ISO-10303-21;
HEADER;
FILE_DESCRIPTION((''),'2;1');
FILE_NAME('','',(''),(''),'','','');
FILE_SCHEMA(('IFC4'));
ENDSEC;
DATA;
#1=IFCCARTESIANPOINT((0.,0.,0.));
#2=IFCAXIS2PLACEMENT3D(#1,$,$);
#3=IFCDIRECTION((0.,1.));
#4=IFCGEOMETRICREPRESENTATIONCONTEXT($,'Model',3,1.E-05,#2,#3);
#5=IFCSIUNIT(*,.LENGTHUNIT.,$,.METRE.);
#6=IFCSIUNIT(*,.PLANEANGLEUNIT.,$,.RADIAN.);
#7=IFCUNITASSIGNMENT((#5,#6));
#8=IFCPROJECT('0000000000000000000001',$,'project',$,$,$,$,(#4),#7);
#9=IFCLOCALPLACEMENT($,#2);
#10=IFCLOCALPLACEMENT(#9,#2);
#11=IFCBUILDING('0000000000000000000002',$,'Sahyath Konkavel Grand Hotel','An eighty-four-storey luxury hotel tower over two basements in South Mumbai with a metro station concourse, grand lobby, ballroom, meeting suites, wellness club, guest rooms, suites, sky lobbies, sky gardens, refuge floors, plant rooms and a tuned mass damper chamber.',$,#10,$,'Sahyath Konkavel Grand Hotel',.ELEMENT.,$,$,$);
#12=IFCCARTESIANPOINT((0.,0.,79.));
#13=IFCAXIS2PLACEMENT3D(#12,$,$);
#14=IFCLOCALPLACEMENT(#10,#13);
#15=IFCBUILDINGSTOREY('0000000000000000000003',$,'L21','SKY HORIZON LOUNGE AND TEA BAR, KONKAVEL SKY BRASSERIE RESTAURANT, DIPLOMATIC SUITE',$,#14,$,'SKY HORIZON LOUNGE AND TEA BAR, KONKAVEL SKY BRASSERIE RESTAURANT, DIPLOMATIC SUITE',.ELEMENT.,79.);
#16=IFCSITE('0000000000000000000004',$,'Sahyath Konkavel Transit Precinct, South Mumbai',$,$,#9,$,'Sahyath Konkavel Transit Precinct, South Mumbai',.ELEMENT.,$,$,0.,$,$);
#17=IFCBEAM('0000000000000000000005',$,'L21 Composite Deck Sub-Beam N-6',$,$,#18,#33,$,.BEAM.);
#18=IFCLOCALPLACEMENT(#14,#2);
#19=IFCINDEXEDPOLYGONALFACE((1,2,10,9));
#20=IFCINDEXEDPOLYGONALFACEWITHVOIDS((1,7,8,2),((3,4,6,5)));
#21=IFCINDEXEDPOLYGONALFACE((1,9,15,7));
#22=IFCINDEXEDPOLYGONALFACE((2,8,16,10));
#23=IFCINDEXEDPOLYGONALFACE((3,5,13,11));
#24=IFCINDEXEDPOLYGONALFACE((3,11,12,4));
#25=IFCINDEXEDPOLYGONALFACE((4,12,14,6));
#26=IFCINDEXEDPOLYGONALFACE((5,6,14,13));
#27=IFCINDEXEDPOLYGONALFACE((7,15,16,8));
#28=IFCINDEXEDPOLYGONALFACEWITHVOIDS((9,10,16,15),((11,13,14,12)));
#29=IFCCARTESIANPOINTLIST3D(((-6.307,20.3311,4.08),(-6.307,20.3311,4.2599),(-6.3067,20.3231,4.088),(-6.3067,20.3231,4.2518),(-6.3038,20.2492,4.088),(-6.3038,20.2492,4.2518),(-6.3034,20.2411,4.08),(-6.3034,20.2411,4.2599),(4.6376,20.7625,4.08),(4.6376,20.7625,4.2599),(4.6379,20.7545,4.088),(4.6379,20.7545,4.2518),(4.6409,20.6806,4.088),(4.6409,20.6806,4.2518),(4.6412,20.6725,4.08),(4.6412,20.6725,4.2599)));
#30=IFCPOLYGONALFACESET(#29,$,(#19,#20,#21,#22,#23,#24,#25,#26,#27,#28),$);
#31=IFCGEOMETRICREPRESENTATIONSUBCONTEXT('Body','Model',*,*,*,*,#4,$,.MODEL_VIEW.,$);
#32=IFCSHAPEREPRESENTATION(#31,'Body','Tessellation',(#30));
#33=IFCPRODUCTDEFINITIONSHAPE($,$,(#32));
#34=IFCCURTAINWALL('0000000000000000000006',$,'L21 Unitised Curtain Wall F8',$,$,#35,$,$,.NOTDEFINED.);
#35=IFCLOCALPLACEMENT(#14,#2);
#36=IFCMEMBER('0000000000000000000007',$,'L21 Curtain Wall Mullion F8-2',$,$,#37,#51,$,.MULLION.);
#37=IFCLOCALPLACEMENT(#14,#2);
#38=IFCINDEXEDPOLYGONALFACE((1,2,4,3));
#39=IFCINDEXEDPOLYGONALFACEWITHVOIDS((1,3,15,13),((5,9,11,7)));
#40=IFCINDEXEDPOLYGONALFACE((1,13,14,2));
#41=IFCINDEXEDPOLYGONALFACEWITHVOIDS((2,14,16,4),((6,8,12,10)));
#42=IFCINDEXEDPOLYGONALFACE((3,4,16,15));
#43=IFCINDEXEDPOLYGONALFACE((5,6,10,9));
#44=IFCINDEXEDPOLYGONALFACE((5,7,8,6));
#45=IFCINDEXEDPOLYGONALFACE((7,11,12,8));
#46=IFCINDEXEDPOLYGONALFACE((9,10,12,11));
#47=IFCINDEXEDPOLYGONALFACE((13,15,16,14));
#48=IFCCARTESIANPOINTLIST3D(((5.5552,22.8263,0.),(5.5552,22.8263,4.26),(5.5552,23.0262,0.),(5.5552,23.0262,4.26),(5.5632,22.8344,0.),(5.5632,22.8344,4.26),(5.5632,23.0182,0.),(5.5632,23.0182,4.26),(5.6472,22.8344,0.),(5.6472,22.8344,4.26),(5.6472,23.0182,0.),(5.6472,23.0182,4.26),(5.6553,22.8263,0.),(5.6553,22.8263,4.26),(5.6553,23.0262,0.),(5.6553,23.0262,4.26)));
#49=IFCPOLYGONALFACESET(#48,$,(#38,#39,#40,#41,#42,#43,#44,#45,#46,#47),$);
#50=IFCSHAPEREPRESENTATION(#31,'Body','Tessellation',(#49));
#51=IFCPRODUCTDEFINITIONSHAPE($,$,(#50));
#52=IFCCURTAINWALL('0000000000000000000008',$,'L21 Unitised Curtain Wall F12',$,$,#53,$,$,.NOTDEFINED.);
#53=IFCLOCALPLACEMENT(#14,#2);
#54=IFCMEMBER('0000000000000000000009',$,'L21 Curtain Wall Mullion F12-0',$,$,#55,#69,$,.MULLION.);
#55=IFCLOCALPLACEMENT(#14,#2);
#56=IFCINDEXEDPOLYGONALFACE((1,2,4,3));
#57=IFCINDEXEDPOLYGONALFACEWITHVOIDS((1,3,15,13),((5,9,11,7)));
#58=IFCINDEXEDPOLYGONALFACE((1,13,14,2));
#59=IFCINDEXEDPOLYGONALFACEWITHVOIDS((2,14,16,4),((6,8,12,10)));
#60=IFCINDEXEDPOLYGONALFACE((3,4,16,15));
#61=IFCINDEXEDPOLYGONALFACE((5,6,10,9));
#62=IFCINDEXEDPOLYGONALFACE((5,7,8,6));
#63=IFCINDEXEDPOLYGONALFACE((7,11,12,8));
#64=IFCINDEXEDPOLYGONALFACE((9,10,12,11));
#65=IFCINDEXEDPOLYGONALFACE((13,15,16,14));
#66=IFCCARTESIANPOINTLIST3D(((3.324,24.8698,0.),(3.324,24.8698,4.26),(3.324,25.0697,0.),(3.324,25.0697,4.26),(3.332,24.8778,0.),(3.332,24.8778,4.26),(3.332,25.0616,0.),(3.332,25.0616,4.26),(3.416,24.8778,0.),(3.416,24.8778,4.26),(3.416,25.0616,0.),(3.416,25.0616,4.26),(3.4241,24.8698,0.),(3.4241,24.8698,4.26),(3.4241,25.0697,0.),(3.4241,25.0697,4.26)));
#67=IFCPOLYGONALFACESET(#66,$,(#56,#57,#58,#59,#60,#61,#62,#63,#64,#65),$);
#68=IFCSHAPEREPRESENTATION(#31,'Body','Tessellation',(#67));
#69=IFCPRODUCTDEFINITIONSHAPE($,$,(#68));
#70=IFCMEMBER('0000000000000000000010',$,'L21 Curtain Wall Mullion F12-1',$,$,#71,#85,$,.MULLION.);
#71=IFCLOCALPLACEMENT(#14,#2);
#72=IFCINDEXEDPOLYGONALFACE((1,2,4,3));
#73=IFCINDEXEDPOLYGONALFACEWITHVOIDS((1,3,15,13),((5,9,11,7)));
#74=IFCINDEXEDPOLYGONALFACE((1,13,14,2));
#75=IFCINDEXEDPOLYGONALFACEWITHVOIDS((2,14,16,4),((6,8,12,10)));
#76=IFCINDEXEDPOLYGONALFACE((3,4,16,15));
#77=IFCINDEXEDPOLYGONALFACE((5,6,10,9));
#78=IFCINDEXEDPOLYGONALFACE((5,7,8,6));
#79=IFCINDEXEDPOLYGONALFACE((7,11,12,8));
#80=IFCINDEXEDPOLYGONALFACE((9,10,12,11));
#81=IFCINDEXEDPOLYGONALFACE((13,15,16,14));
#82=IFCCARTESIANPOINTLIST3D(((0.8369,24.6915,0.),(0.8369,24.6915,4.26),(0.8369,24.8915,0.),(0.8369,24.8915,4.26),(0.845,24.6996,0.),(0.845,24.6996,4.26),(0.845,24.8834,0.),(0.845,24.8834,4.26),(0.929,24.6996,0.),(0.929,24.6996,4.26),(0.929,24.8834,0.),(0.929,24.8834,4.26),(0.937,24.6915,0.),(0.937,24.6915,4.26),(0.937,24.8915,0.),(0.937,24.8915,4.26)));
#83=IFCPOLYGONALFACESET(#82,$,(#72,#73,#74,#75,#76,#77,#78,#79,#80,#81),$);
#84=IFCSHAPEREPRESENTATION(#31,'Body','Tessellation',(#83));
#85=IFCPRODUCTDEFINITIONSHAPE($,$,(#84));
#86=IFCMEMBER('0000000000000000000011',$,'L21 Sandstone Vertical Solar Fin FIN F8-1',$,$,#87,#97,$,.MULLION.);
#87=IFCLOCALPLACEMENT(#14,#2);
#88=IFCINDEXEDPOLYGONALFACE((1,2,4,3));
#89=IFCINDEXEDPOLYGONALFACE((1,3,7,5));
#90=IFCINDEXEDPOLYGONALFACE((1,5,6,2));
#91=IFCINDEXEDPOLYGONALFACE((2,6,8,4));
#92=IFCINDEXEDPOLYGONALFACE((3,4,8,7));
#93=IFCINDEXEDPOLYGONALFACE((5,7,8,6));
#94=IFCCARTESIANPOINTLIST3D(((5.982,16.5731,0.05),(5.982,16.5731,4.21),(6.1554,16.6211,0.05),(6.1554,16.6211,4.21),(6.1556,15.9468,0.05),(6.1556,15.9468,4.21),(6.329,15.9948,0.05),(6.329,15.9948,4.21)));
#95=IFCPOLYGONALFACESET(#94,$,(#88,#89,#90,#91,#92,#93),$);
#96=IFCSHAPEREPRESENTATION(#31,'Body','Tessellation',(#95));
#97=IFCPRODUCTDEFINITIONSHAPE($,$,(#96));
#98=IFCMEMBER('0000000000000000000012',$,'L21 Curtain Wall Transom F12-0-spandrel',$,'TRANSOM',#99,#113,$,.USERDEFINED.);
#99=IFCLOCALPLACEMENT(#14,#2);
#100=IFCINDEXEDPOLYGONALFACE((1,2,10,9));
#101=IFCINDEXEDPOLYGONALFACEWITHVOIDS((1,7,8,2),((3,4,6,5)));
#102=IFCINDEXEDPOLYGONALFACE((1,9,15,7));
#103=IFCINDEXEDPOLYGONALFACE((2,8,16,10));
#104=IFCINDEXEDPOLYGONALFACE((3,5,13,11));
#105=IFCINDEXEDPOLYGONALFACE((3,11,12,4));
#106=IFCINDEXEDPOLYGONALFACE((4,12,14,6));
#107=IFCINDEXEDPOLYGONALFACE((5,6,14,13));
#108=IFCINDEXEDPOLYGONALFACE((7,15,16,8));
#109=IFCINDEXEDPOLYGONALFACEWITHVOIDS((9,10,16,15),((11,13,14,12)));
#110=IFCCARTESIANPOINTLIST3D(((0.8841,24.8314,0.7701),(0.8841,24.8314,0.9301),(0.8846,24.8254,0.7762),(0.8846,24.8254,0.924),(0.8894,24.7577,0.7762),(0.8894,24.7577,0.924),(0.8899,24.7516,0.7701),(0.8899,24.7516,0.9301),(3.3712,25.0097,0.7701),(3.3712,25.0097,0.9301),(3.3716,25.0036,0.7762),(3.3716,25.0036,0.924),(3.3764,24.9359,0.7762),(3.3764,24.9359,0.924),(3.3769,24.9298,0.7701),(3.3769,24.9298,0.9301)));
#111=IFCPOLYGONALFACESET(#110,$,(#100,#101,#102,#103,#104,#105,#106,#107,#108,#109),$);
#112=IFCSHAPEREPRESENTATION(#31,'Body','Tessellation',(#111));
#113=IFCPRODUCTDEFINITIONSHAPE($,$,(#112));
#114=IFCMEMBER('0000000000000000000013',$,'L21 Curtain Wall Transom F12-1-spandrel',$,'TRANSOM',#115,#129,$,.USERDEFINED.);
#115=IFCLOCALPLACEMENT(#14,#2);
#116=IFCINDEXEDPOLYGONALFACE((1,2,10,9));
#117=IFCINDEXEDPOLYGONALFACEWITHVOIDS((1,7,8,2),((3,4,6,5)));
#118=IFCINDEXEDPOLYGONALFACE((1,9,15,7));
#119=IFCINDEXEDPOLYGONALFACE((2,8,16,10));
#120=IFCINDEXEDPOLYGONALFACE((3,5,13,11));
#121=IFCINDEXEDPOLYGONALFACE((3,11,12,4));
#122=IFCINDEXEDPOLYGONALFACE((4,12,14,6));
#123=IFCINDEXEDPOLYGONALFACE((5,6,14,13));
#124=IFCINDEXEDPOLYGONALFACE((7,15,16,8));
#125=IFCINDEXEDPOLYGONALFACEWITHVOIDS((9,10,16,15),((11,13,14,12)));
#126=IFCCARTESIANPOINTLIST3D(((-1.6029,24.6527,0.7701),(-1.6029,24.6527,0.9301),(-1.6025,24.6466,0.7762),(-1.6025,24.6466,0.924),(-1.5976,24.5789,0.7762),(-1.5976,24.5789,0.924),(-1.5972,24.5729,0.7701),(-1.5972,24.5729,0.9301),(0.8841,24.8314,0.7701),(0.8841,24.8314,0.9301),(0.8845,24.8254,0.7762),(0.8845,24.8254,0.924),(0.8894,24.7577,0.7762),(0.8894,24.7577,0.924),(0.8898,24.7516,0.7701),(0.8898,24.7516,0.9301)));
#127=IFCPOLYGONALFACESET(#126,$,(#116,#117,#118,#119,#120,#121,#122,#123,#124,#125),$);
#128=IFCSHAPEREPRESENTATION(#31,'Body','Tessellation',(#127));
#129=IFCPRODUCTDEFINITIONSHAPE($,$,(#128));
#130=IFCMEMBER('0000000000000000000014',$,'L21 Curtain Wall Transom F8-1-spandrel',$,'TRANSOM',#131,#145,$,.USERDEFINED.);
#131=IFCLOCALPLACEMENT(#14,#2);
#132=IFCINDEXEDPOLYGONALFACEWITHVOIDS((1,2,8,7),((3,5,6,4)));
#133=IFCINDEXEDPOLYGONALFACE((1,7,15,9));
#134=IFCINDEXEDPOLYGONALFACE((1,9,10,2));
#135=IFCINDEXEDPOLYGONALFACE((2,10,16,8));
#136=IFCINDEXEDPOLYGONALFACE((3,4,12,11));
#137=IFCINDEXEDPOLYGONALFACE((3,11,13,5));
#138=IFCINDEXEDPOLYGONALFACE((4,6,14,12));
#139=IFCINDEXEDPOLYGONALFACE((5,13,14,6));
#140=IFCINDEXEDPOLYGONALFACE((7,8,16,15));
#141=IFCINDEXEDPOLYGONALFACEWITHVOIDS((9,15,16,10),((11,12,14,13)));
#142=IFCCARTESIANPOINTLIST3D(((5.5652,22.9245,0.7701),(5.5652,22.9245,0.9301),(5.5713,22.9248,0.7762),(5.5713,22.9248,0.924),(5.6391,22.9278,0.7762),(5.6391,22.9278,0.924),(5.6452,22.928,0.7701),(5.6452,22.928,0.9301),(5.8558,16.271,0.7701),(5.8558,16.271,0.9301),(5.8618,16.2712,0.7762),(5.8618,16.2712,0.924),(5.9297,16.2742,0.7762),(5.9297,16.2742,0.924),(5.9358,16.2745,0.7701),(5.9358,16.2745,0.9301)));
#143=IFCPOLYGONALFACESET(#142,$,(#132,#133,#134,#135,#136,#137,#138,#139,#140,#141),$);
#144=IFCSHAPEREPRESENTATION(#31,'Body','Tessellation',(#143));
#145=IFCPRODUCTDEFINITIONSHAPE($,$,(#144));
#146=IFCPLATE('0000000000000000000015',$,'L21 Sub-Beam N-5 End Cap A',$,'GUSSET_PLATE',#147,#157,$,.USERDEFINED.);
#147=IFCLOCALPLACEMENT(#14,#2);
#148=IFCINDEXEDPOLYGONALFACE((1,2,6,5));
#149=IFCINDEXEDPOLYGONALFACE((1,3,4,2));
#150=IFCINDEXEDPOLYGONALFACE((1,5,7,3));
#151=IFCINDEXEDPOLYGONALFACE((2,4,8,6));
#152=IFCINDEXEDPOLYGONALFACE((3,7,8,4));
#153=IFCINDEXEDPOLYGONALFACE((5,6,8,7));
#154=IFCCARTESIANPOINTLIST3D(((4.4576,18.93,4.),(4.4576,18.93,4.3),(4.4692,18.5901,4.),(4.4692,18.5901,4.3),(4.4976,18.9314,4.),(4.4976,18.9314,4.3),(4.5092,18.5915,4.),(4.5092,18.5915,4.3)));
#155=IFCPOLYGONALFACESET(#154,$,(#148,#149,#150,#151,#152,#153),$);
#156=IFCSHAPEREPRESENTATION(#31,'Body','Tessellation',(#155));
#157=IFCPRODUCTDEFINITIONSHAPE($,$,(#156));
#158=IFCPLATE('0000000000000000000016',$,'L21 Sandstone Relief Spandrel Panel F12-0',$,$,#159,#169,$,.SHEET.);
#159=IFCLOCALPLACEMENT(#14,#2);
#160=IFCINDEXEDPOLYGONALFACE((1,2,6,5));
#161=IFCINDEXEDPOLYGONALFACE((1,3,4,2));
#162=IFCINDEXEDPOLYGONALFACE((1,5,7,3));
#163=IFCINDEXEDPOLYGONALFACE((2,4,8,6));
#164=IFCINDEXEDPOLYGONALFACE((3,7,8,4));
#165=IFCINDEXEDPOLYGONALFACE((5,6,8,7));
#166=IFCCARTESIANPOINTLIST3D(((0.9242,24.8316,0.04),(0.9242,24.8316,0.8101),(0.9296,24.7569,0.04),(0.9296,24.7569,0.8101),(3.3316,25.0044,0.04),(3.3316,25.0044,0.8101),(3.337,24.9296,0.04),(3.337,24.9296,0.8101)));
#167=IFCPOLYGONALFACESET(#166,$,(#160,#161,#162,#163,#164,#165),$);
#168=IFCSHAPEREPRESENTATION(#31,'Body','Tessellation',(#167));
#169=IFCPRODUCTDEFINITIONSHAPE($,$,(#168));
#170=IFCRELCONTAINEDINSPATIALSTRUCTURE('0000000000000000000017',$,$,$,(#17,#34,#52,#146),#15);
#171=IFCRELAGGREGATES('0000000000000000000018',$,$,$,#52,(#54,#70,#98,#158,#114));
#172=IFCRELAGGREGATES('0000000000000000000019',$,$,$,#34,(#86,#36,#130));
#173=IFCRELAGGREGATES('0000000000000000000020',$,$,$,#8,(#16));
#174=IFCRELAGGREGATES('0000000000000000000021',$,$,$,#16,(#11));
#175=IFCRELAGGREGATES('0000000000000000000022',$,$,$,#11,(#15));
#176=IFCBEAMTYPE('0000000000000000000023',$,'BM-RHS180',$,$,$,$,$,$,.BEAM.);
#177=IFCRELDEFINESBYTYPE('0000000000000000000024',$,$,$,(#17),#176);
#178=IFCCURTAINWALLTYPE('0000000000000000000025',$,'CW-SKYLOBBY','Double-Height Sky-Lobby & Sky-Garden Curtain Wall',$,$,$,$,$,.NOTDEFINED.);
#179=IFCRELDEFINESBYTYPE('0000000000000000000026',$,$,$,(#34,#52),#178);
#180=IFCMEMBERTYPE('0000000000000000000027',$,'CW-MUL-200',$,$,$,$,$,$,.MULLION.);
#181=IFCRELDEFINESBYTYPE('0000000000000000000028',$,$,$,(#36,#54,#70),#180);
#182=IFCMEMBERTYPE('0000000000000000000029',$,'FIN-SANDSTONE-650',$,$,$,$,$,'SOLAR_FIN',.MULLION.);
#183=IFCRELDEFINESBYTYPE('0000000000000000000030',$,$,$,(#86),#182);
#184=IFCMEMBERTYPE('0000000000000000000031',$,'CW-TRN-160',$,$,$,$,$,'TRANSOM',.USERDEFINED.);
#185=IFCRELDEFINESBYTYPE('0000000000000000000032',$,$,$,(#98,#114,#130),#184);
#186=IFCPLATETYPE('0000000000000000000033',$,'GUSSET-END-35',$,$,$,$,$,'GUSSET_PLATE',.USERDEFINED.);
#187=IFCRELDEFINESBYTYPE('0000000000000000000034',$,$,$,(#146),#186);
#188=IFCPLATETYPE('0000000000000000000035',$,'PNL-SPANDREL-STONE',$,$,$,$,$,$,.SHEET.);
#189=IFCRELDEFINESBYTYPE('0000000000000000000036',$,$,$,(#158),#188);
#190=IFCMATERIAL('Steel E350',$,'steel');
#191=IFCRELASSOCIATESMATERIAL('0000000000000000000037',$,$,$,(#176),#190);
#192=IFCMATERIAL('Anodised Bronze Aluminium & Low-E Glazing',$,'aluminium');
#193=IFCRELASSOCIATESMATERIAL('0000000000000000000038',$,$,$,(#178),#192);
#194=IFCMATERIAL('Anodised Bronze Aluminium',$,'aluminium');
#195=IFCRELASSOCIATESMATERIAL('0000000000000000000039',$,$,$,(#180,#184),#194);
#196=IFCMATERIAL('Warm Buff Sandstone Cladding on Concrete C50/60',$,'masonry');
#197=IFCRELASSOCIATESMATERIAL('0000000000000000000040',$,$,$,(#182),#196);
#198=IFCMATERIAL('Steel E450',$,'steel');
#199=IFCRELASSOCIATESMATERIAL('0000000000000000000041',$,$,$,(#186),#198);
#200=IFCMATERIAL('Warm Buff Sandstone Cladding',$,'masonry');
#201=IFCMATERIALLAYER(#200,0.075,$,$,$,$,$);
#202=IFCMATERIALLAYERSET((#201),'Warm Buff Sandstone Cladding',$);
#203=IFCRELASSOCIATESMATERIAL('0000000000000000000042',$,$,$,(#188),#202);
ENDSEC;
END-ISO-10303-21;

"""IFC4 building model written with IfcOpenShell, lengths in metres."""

from ifc_helpers import new_model, si_unit, direction, frame, origin, origin_2d, place, context, subcontext, project, spatial, rectangle, hollow_rectangle, extrude, source, transform, mapped, material, layer, layer_set, material_profile, profile_set, type_object, element, aggregate, save


model = new_model("IFC4")

# Units and contexts
model_context = context("Model", 3, precision=1e-05, world=origin(), true_north=direction((0.0, 1.0)))
body_context = subcontext(model_context, "Body", "Model", "MODEL_VIEW")
ifc_project = project(units=[si_unit("LENGTHUNIT", "METRE"), si_unit("PLANEANGLEUNIT", "RADIAN")], contexts=[model_context])

# Site, building, storey
site_placement = place(None, origin())
site = spatial("IfcSite", under=ifc_project, at=site_placement, Name="Sahyath Konkavel Transit Precinct, South Mumbai", LongName="Sahyath Konkavel Transit Precinct, South Mumbai", CompositionType="ELEMENT", RefElevation=0.0)
building_placement = place(site_placement, origin())
building = spatial("IfcBuilding", under=site, at=building_placement, Name="Sahyath Konkavel Grand Hotel", Description="An eighty-four-storey luxury hotel tower over two basements in South Mumbai with a metro station concourse, grand lobby, ballroom, meeting suites, wellness club, guest rooms, suites, sky lobbies, sky gardens, refuge floors, plant rooms and a tuned mass damper chamber.", LongName="Sahyath Konkavel Grand Hotel", CompositionType="ELEMENT")
storey_placement = place(building_placement, frame((0.0, 0.0, 79.0)))
storey = spatial("IfcBuildingStorey", under=building, at=storey_placement, Name="L21", Description="SKY HORIZON LOUNGE AND TEA BAR, KONKAVEL SKY BRASSERIE RESTAURANT, DIPLOMATIC SUITE", LongName="SKY HORIZON LOUNGE AND TEA BAR, KONKAVEL SKY BRASSERIE RESTAURANT, DIPLOMATIC SUITE", CompositionType="ELEMENT", Elevation=79.0)

# Beam
ifc_material_1 = material(Name="Steel E350", Category="steel")
ifc_material_profile_1 = material_profile(ifc_material_1, hollow_rectangle(XDim=0.0901, YDim=0.1799, WallThickness=0.0081, at=origin_2d()), Name="RHS 180x90x8")
ifc_profile_set_1 = profile_set([ifc_material_profile_1], Name="Steel E350")
beam_type_1 = type_object("IfcBeamType", Name="BM-RHS180", PredefinedType="BEAM", material=ifc_profile_set_1)
shared_shape_1 = source(origin(), body_context, "Body", "SweptSolid", [
    extrude(hollow_rectangle(XDim=0.0901, YDim=0.1799, WallThickness=0.0081, at=origin_2d()), origin(), (0.0, 0.0, 1.0), 10.9531),
])
beam_1_placement = place(storey_placement, frame((4.6394, 20.7175, 4.1699), z_axis=(-0.999224, -0.039386, 0.0), x_axis=(0.039386, -0.999224, 0.0)))
element("IfcBeam", 1, at=beam_1_placement, inside=storey, type_object=beam_type_1, Name="L21 Composite Deck Sub-Beam N-6", PredefinedType="BEAM", context=body_context, shape_type="MappedRepresentation", body=[
    mapped(shared_shape_1, transform((0.0, 0.0, 0.0), scale=1.0)),
])

# Curtain wall, member
ifc_material_2 = material(Name="Anodised Bronze Aluminium & Low-E Glazing", Category="aluminium")
curtain_wall_type = type_object("IfcCurtainWallType", Name="CW-SKYLOBBY", Description="Double-Height Sky-Lobby & Sky-Garden Curtain Wall", PredefinedType="NOTDEFINED", material=ifc_material_2)
curtain_wall_1_placement = place(storey_placement, origin())
curtain_wall_1 = element("IfcCurtainWall", 2, at=curtain_wall_1_placement, inside=storey, type_object=curtain_wall_type, Name="L21 Unitised Curtain Wall F8", PredefinedType="NOTDEFINED")
ifc_material_3 = material(Name="Anodised Bronze Aluminium", Category="aluminium")
ifc_material_profile_2 = material_profile(ifc_material_3, hollow_rectangle(XDim=0.1001, YDim=0.2, WallThickness=0.0081, at=origin_2d()), Name="RHS 200x100x8")
ifc_profile_set_2 = profile_set([ifc_material_profile_2], Name="Anodised Bronze Aluminium")
member_type_1 = type_object("IfcMemberType", Name="CW-MUL-200", PredefinedType="MULLION", material=ifc_profile_set_2)
shared_shape_2 = source(origin(), body_context, "Body", "SweptSolid", [
    extrude(hollow_rectangle(XDim=0.1001, YDim=0.2, WallThickness=0.0081, at=origin_2d()), origin(), (0.0, 0.0, 1.0), 4.26),
])
member_1_placement = place(storey_placement, frame((5.6052, 22.9263, 0.0), z_axis=(0.0, 0.0, 1.0), x_axis=(1.0, 0.0, 0.0)))
member_1 = element("IfcMember", 3, at=member_1_placement, type_object=member_type_1, Name="L21 Curtain Wall Mullion F8-2", PredefinedType="MULLION", context=body_context, shape_type="MappedRepresentation", body=[
    mapped(shared_shape_2, transform((0.0, 0.0, 0.0), scale=1.0)),
])

# Curtain wall, members
curtain_wall_2_placement = place(storey_placement, origin())
curtain_wall_2 = element("IfcCurtainWall", 4, at=curtain_wall_2_placement, inside=storey, type_object=curtain_wall_type, Name="L21 Unitised Curtain Wall F12", PredefinedType="NOTDEFINED")
member_2_placement = place(storey_placement, frame((3.374, 24.9697, 0.0), z_axis=(0.0, 0.0, 1.0), x_axis=(1.0, 0.0, 0.0)))
member_2 = element("IfcMember", 5, at=member_2_placement, type_object=member_type_1, Name="L21 Curtain Wall Mullion F12-0", PredefinedType="MULLION", context=body_context, shape_type="MappedRepresentation", body=[
    mapped(shared_shape_2, transform((0.0, 0.0, 0.0), scale=1.0)),
])
member_3_placement = place(storey_placement, frame((0.887, 24.7915, 0.0), z_axis=(0.0, 0.0, 1.0), x_axis=(1.0, 0.0, 0.0)))
member_3 = element("IfcMember", 6, at=member_3_placement, type_object=member_type_1, Name="L21 Curtain Wall Mullion F12-1", PredefinedType="MULLION", context=body_context, shape_type="MappedRepresentation", body=[
    mapped(shared_shape_2, transform((0.0, 0.0, 0.0), scale=1.0)),
])

# Members
ifc_material_4 = material(Name="Warm Buff Sandstone Cladding on Concrete C50/60", Category="masonry")
ifc_material_profile_3 = material_profile(ifc_material_4, rectangle(XDim=0.1799, YDim=0.6499, at=origin_2d()), Name="FIN 180x650")
ifc_profile_set_3 = profile_set([ifc_material_profile_3], Name="Warm Buff Sandstone Cladding on Concrete C50/60")
member_type_2 = type_object("IfcMemberType", Name="FIN-SANDSTONE-650", ElementType="SOLAR_FIN", PredefinedType="MULLION", material=ifc_profile_set_3)
shared_shape_3 = source(origin(), body_context, "Body", "SweptSolid", [
    extrude(rectangle(XDim=0.1799, YDim=0.6499, at=origin_2d()), origin(), (0.0, 0.0, 1.0), 4.1599),
])
member_4_placement = place(storey_placement, frame((6.1555, 16.2839, 0.05), z_axis=(0.0, 0.0, 1.0), x_axis=(0.963677, 0.26707, 0.0)))
member_4 = element("IfcMember", 7, at=member_4_placement, type_object=member_type_2, Name="L21 Sandstone Vertical Solar Fin FIN F8-1", PredefinedType="MULLION", context=body_context, shape_type="MappedRepresentation", body=[
    mapped(shared_shape_3, transform((0.0, 0.0, 0.0), scale=1.0)),
])
ifc_material_profile_4 = material_profile(ifc_material_3, hollow_rectangle(XDim=0.0801, YDim=0.1599, WallThickness=0.0061, at=origin_2d()), Name="RHS 160x80x6")
ifc_profile_set_4 = profile_set([ifc_material_profile_4], Name="Anodised Bronze Aluminium")
member_type_3 = type_object("IfcMemberType", Name="CW-TRN-160", ElementType="TRANSOM", PredefinedType="USERDEFINED", material=ifc_profile_set_4)
shared_shape_4 = source(origin(), body_context, "Body", "SweptSolid", [
    extrude(hollow_rectangle(XDim=0.0801, YDim=0.1599, WallThickness=0.0061, at=origin_2d()), origin(), (0.0, 0.0, 1.0), 2.4934),
])
member_5_placement = place(storey_placement, frame((3.374, 24.9697, 0.8501), z_axis=(-0.997442, -0.071477, 0.0), x_axis=(0.071477, -0.997442, 0.0)))
member_5 = element("IfcMember", 8, at=member_5_placement, type_object=member_type_3, Name="L21 Curtain Wall Transom F12-0-spandrel", ObjectType="TRANSOM", PredefinedType="USERDEFINED", context=body_context, shape_type="MappedRepresentation", body=[
    mapped(shared_shape_4, transform((0.0, 0.0, 0.0), scale=1.0)),
])
member_6_placement = place(storey_placement, frame((0.887, 24.7915, 0.8501), z_axis=(-0.997428, -0.071671, 0.0), x_axis=(0.071671, -0.997428, 0.0)))
member_6 = element("IfcMember", 9, at=member_6_placement, type_object=member_type_3, Name="L21 Curtain Wall Transom F12-1-spandrel", ObjectType="TRANSOM", PredefinedType="USERDEFINED", context=body_context, shape_type="MappedRepresentation", body=[
    mapped(shared_shape_4, transform((0.0, 0.0, 0.0), scale=1.0)),
])
shared_shape_5 = source(origin(), body_context, "Body", "SweptSolid", [
    extrude(hollow_rectangle(XDim=0.0801, YDim=0.1599, WallThickness=0.0061, at=origin_2d()), origin(), (0.0, 0.0, 1.0), 6.6599),
])
member_7_placement = place(storey_placement, frame((5.8958, 16.2727, 0.8501), z_axis=(-0.043623, 0.999048, 0.0), x_axis=(-0.999048, -0.043623, 0.0)))
member_7 = element("IfcMember", 10, at=member_7_placement, type_object=member_type_3, Name="L21 Curtain Wall Transom F8-1-spandrel", ObjectType="TRANSOM", PredefinedType="USERDEFINED", context=body_context, shape_type="MappedRepresentation", body=[
    mapped(shared_shape_5, transform((0.0, 0.0, 0.0), scale=1.0)),
])

# Plates
ifc_material_5 = material(Name="Steel E450", Category="steel")
plate_type_1 = type_object("IfcPlateType", Name="GUSSET-END-35", ElementType="GUSSET_PLATE", PredefinedType="USERDEFINED", material=ifc_material_5)
shared_shape_6 = source(origin(), body_context, "Body", "SweptSolid", [
    extrude(rectangle(XDim=0.04, YDim=0.3401, at=origin_2d()), origin(), (0.0, 0.0, 1.0), 0.3),
])
plate_1_placement = place(storey_placement, frame((4.4834, 18.7607, 4.0), z_axis=(0.0, 0.0, 1.0), x_axis=(-0.999422, -0.033992, 0.0)))
element("IfcPlate", 11, at=plate_1_placement, inside=storey, type_object=plate_type_1, Name="L21 Sub-Beam N-5 End Cap A", ObjectType="GUSSET_PLATE", PredefinedType="USERDEFINED", context=body_context, shape_type="MappedRepresentation", body=[
    mapped(shared_shape_6, transform((0.0, 0.0, 0.0), scale=1.0)),
])
ifc_material_6 = material(Name="Warm Buff Sandstone Cladding", Category="masonry")
ifc_layer_1 = layer(ifc_material_6, 0.075)
ifc_layer_set_1 = layer_set([ifc_layer_1], Name="Warm Buff Sandstone Cladding")
plate_type_2 = type_object("IfcPlateType", Name="PNL-SPANDREL-STONE", PredefinedType="SHEET", material=ifc_layer_set_1)
shared_shape_7 = source(origin(), body_context, "Body", "SweptSolid", [
    extrude(rectangle(XDim=2.4136, YDim=0.075, at=origin_2d()), origin(), (0.0, 0.0, 1.0), 0.77),
])
plate_2_placement = place(storey_placement, frame((2.1306, 24.8806, 0.04), z_axis=(0.0, 0.0, 1.0), x_axis=(-0.997436, -0.071567, 0.0)))
plate_2 = element("IfcPlate", 12, at=plate_2_placement, type_object=plate_type_2, Name="L21 Sandstone Relief Spandrel Panel F12-0", PredefinedType="SHEET", context=body_context, shape_type="MappedRepresentation", body=[
    mapped(shared_shape_7, transform((0.0, 0.0, 0.0), scale=1.0)),
])
aggregate(curtain_wall_2, [member_2, member_3, member_5, plate_2, member_6])
aggregate(curtain_wall_1, [member_4, member_1, member_7])

save(model, "model.ifc")
